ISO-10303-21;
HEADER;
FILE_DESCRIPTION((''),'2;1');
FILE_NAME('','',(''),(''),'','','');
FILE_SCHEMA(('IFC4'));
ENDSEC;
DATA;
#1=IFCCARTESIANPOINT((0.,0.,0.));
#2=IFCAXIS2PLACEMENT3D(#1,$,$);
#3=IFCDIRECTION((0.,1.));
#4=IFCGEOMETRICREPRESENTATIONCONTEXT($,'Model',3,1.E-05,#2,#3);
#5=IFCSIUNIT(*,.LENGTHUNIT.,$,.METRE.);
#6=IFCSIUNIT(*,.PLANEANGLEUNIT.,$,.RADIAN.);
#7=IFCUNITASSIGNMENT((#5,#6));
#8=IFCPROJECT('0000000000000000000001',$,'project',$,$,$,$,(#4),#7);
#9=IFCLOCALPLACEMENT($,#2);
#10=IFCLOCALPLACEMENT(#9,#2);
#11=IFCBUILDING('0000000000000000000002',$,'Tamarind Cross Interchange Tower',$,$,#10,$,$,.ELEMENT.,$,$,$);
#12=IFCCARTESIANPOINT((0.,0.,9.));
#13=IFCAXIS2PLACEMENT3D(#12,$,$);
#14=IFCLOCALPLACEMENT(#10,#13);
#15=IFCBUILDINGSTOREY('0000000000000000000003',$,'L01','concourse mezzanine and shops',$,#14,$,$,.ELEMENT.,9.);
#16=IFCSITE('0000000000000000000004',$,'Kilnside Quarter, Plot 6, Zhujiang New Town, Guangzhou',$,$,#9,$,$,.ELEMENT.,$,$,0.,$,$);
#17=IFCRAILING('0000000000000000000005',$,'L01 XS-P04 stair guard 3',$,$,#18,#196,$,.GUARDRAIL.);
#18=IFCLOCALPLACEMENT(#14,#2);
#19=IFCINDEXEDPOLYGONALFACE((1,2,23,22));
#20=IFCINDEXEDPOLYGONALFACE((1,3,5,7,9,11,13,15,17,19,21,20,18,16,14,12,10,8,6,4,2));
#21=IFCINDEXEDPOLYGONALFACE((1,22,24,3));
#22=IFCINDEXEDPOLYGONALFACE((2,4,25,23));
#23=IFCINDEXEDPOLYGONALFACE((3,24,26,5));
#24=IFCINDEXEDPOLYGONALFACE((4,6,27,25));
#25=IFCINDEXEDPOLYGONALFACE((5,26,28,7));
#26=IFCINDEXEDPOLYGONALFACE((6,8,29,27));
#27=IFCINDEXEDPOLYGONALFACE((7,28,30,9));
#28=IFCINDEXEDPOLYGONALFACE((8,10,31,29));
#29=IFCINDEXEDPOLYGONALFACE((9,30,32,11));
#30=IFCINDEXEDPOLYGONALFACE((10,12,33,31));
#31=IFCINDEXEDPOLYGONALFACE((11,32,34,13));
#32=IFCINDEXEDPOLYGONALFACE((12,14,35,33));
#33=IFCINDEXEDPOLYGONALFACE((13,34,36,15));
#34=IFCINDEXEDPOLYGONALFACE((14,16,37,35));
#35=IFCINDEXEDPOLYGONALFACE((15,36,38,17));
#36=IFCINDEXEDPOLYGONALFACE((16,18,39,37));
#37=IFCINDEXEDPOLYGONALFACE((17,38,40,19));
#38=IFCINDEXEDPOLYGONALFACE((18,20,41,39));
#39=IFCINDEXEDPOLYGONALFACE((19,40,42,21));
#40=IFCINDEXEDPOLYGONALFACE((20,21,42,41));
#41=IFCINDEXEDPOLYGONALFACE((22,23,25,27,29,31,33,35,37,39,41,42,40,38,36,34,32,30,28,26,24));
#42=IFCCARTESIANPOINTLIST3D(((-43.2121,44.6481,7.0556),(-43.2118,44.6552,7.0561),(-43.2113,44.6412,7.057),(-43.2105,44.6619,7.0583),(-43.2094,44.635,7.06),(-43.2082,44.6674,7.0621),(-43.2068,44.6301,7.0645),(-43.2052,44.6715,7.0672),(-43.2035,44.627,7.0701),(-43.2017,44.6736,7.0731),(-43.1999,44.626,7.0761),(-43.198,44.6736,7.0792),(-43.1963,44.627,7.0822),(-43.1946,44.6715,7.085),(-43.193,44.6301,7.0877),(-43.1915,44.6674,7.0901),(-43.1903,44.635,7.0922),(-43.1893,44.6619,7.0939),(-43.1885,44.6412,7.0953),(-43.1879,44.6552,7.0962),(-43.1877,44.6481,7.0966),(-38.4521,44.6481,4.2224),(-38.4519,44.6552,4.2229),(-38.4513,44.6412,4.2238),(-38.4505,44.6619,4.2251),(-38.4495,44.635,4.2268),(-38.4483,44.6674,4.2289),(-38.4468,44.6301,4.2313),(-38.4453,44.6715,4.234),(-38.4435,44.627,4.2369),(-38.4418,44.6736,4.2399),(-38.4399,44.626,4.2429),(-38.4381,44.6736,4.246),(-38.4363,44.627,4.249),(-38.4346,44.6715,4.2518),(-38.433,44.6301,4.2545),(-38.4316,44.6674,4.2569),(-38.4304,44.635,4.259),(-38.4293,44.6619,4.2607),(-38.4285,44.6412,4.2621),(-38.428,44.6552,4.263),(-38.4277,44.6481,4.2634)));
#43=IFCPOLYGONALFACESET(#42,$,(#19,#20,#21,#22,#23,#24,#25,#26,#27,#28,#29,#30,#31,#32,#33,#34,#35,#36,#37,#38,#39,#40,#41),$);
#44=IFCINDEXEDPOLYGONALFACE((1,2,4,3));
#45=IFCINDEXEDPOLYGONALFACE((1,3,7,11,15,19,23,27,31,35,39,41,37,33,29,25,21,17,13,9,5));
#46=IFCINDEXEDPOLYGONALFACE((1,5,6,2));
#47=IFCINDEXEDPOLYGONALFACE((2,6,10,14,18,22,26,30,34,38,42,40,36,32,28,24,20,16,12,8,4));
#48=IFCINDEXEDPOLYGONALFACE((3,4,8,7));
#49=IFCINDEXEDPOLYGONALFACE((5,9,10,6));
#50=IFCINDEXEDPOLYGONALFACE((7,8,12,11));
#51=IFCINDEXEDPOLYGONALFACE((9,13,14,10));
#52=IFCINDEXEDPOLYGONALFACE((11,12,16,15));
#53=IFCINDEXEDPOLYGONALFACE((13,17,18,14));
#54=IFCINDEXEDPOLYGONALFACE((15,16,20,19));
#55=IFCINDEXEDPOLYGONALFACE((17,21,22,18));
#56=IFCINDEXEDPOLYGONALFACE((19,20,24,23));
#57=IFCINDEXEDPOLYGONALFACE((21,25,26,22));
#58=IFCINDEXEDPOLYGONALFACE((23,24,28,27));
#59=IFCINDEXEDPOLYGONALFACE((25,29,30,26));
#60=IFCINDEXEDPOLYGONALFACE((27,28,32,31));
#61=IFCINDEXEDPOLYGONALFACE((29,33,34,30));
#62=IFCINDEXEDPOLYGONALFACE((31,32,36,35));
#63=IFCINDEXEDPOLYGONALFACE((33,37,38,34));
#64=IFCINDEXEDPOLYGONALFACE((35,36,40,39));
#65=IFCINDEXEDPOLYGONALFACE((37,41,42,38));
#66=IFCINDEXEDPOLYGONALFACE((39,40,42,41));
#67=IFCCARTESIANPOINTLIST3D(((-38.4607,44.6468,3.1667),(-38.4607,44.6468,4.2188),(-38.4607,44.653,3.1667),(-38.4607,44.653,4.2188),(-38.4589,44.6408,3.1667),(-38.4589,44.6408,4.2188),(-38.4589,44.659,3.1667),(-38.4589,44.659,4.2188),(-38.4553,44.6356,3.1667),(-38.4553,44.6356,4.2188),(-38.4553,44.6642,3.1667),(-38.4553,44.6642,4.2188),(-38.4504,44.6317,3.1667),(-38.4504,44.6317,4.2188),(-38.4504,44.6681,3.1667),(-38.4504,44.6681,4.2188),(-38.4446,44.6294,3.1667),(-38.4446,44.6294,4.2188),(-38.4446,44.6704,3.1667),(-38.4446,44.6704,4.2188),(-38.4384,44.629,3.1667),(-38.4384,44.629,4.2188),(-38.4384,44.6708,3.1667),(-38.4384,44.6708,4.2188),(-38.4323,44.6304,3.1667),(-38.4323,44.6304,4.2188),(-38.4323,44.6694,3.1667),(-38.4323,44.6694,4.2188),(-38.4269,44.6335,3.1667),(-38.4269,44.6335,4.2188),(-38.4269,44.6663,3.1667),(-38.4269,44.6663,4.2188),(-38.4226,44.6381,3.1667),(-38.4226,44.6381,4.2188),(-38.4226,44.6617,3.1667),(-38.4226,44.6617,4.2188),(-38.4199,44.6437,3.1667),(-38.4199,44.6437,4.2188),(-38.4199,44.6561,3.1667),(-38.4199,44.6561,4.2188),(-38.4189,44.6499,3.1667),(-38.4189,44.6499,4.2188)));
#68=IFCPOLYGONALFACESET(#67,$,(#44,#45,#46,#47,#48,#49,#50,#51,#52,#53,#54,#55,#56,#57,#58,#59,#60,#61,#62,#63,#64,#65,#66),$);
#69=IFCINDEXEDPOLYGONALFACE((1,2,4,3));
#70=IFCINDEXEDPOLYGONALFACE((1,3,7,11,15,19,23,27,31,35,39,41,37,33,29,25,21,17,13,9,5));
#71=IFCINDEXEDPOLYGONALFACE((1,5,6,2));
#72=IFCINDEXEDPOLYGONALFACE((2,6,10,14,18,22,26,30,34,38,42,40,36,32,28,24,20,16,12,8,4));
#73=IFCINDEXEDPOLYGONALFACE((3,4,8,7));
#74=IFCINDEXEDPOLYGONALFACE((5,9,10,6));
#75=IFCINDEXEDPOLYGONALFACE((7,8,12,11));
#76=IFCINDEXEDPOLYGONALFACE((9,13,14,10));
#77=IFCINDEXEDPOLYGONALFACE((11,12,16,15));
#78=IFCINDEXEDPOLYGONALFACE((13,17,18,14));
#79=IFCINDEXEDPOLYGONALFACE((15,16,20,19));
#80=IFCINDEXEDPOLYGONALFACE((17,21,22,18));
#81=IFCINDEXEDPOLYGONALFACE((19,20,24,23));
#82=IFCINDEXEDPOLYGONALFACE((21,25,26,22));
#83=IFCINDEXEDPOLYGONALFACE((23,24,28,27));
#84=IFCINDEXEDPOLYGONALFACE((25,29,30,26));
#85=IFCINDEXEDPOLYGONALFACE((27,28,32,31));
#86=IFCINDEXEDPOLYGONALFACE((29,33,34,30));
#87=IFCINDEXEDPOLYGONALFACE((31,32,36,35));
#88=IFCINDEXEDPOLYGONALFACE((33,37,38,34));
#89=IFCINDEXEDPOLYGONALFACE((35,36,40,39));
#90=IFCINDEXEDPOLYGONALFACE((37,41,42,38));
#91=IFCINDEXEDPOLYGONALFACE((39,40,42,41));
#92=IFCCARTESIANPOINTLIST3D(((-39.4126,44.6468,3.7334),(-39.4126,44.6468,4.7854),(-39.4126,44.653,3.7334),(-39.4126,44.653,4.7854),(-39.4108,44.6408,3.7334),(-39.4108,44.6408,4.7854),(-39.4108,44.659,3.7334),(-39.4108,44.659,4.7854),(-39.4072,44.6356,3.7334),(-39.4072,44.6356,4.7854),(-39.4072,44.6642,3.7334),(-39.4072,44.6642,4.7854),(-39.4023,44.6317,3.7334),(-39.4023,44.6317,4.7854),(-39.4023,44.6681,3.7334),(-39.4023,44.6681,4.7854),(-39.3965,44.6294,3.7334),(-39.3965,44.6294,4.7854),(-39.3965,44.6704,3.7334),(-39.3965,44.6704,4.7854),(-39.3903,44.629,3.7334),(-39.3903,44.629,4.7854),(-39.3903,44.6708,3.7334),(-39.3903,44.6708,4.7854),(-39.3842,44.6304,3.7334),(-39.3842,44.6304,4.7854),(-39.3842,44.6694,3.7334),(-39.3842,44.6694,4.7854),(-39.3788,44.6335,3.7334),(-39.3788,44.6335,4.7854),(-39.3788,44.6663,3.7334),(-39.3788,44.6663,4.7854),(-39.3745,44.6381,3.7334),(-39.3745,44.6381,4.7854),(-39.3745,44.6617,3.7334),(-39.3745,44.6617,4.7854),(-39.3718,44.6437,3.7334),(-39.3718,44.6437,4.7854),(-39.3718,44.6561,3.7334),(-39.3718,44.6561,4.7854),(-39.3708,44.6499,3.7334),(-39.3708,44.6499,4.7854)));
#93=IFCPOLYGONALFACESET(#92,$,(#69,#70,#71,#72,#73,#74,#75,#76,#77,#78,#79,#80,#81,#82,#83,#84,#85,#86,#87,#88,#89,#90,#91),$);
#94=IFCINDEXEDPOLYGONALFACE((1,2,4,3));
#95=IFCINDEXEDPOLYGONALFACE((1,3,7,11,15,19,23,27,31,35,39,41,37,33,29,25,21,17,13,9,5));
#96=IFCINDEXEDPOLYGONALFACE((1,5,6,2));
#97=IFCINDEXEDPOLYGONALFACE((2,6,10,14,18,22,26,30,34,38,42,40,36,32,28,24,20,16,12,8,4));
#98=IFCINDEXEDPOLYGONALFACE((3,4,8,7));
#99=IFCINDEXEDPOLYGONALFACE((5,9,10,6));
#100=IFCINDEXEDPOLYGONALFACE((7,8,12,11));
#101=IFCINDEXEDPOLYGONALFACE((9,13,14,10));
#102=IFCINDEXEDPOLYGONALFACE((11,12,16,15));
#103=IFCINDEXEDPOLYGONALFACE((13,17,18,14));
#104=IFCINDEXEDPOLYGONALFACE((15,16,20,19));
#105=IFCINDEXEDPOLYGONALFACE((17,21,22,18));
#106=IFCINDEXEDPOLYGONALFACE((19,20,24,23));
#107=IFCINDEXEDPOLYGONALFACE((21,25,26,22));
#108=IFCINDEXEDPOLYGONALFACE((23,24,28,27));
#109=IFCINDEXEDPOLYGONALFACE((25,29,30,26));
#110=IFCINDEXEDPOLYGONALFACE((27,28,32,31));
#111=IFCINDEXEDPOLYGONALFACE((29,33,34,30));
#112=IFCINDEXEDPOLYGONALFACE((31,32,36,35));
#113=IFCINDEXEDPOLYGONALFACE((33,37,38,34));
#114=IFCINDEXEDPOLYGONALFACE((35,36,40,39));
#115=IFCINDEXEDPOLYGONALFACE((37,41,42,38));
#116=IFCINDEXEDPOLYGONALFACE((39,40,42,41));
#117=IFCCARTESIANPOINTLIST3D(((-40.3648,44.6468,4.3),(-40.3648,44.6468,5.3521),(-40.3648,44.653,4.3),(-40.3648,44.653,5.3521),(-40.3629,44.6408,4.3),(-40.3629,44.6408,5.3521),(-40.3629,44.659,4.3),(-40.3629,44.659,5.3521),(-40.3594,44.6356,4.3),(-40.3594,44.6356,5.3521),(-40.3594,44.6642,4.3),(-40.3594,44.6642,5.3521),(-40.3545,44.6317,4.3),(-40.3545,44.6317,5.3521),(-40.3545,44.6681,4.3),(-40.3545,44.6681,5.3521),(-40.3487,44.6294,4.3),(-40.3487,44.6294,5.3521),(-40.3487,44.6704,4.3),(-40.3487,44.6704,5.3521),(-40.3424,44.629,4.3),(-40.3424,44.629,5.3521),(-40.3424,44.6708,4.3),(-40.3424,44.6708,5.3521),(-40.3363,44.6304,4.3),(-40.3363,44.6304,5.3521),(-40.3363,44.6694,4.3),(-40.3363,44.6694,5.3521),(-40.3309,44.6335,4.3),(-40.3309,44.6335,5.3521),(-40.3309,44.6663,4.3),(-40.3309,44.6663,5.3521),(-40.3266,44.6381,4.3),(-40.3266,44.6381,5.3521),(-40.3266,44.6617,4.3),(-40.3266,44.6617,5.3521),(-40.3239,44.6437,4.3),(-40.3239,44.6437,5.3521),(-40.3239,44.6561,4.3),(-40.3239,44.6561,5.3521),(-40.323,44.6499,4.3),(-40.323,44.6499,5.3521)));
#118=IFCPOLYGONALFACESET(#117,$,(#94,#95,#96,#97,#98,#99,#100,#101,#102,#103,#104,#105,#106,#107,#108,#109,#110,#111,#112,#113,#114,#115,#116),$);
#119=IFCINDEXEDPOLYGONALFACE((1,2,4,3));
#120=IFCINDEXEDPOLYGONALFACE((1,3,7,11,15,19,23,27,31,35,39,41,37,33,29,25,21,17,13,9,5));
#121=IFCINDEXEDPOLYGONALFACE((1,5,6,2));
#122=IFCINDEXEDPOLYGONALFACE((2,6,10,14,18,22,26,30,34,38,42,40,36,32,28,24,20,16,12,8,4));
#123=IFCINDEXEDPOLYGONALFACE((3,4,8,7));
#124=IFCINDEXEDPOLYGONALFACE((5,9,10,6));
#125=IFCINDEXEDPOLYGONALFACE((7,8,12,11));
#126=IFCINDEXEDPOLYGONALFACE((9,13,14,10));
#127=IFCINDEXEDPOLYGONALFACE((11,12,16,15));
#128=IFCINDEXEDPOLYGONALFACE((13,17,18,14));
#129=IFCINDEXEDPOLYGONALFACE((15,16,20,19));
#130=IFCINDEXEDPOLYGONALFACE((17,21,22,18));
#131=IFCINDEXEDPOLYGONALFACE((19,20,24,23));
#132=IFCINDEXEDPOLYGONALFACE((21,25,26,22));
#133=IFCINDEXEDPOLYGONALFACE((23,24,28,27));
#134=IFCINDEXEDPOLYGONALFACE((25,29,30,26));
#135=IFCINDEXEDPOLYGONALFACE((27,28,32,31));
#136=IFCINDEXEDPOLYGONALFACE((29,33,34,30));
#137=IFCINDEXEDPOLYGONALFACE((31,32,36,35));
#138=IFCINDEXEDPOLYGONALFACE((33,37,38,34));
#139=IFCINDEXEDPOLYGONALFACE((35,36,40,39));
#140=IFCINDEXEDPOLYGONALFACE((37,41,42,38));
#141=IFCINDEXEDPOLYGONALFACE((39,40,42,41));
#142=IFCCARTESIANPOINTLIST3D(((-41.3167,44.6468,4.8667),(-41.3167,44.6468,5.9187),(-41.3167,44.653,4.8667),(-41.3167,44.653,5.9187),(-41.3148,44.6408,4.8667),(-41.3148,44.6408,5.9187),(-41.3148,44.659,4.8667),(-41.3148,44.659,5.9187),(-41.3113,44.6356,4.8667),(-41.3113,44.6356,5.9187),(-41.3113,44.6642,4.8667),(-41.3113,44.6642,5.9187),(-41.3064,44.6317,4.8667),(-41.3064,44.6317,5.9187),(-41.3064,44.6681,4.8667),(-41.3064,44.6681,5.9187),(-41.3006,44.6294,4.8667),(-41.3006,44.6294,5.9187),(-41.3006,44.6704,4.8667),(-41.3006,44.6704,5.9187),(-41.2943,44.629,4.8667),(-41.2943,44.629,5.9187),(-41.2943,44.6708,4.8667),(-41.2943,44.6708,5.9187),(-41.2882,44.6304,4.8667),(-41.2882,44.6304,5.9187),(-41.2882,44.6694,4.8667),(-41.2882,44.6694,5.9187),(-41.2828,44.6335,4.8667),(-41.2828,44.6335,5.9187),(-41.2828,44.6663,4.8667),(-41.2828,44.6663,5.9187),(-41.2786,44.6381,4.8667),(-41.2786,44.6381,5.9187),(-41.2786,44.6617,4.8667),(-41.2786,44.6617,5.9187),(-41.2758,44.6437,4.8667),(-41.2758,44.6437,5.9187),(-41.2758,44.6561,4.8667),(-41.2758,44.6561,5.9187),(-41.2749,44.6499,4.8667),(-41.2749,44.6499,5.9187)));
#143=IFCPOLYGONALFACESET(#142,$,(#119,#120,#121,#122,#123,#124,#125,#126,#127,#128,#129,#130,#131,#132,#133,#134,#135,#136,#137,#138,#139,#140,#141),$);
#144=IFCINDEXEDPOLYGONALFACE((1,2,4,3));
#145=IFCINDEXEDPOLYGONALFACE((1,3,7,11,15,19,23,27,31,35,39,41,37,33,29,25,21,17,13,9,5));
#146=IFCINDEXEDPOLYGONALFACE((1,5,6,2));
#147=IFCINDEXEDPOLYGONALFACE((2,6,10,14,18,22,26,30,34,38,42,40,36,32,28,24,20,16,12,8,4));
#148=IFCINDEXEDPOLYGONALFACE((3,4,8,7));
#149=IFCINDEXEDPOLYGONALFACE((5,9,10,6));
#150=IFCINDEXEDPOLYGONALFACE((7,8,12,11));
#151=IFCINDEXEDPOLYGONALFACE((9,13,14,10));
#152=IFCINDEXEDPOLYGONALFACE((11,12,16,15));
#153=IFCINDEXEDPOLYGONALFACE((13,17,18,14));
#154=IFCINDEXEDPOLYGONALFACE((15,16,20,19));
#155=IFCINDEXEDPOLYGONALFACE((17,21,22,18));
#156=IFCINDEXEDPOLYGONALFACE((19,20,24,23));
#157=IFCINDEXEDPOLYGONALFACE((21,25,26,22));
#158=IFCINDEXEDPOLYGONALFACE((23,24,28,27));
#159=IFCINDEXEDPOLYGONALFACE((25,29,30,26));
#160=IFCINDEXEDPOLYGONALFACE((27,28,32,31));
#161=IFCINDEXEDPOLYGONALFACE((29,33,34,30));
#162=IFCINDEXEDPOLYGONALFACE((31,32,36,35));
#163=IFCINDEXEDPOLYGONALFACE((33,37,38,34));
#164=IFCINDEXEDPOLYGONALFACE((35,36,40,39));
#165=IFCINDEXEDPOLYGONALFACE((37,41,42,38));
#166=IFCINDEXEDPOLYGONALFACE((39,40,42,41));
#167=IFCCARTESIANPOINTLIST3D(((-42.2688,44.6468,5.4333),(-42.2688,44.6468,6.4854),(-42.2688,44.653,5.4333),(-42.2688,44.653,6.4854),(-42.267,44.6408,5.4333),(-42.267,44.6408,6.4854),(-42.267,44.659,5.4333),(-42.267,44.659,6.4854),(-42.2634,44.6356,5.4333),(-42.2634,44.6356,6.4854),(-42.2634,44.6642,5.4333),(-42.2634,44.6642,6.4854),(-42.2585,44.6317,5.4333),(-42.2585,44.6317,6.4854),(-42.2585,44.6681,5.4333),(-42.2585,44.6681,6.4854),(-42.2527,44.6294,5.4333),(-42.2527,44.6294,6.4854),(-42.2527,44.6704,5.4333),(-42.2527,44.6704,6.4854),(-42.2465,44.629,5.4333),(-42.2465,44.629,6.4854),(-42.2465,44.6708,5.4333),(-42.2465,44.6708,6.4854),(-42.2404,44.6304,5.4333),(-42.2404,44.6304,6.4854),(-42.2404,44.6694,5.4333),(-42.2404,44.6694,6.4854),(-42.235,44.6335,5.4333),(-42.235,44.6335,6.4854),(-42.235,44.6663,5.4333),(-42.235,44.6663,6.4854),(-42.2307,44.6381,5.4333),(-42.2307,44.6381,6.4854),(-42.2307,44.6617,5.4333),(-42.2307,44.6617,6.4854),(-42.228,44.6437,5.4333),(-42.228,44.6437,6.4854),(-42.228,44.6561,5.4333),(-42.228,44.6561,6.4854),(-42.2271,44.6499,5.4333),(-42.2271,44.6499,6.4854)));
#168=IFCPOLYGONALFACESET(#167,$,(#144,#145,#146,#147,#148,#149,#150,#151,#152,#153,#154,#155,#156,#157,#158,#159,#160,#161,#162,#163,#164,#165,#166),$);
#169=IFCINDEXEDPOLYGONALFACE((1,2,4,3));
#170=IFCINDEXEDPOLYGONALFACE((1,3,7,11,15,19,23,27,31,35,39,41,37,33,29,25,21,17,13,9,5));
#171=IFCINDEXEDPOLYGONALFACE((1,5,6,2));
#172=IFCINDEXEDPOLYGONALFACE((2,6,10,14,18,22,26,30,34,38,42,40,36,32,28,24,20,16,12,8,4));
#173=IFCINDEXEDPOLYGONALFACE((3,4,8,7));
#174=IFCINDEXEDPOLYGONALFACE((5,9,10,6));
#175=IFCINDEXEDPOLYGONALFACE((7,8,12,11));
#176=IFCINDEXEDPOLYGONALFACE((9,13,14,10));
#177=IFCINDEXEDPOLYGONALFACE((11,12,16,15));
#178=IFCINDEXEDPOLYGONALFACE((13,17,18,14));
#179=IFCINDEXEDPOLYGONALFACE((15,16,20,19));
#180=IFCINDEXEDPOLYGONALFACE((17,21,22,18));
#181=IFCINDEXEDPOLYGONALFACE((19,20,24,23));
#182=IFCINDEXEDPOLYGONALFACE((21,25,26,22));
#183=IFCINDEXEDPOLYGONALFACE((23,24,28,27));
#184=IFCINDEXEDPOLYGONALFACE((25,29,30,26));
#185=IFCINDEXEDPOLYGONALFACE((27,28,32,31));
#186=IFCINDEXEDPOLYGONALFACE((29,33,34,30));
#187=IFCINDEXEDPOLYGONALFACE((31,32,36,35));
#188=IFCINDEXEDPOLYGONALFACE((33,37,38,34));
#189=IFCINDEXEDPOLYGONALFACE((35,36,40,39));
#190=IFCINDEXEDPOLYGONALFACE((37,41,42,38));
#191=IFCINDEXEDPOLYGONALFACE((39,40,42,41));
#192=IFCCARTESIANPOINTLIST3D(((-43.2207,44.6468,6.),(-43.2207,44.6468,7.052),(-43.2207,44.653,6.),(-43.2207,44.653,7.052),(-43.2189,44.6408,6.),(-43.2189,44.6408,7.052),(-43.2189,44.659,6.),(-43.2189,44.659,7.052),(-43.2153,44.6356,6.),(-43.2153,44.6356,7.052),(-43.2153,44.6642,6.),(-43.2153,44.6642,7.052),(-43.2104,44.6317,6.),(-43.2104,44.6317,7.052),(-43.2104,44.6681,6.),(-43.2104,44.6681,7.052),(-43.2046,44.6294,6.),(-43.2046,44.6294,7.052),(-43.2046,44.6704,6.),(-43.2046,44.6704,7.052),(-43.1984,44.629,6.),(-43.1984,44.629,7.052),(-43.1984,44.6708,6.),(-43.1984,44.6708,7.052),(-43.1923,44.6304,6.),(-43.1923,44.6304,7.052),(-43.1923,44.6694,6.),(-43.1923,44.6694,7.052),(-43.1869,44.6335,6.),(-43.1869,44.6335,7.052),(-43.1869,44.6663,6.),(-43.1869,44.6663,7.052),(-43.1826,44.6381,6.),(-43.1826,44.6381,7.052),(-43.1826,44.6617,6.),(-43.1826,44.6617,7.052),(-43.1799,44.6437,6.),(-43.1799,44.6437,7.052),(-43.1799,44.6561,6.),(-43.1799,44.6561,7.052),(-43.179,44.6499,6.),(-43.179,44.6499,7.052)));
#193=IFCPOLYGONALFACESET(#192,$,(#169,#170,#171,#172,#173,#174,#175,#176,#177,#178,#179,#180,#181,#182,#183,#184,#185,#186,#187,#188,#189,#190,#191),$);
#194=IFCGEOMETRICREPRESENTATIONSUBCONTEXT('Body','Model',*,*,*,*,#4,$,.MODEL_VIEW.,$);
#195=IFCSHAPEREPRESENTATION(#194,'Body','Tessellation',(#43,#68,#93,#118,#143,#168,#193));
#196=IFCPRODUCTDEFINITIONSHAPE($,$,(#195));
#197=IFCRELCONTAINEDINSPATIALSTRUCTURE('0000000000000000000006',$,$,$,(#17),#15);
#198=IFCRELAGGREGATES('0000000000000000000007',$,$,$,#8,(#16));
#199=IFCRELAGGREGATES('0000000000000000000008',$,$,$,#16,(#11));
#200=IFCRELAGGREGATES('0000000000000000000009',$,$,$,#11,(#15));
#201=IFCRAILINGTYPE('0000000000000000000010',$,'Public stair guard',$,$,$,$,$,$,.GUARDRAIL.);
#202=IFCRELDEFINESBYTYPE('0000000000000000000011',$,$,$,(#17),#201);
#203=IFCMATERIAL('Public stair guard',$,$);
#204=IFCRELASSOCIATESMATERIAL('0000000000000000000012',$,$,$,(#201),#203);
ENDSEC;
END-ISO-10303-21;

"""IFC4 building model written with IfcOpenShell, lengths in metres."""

from ifc_helpers import new_model, si_unit, direction, frame, origin, origin_2d, place, context, subcontext, project, spatial, circle, extrude, material, type_object, element, save


model = new_model("IFC4")

# Units and contexts
model_context = context("Model", 3, precision=1e-05, world=origin(), true_north=direction((0.0, 1.0)))
body_context = subcontext(model_context, "Body", "Model", "MODEL_VIEW")
ifc_project = project(units=[si_unit("LENGTHUNIT", "METRE"), si_unit("PLANEANGLEUNIT", "RADIAN")], contexts=[model_context])

# Site, building, storey
site_placement = place(None, origin())
site = spatial("IfcSite", under=ifc_project, at=site_placement, Name="Kilnside Quarter, Plot 6, Zhujiang New Town, Guangzhou", CompositionType="ELEMENT", RefElevation=0.0)
building_placement = place(site_placement, origin())
building = spatial("IfcBuilding", under=site, at=building_placement, Name="Tamarind Cross Interchange Tower", CompositionType="ELEMENT")
storey_placement = place(building_placement, frame((0.0, 0.0, 9.0)))
storey = spatial("IfcBuildingStorey", under=building, at=storey_placement, Name="L01", Description="concourse mezzanine and shops", CompositionType="ELEMENT", Elevation=9.0)

# Railing
ifc_material_1 = material(Name="Public stair guard")
railing_type_1 = type_object("IfcRailingType", Name="Public stair guard", PredefinedType="GUARDRAIL", material=ifc_material_1)
railing_1_placement = place(storey_placement, frame((-38.4399, 44.6499, 3.1667)))
element("IfcRailing", 1, at=railing_1_placement, inside=storey, type_object=railing_type_1, Name="L01 XS-P04 stair guard 3", PredefinedType="GUARDRAIL", context=body_context, shape_type="SweptSolid", body=[
    extrude(circle(Radius=0.0239, at=origin_2d()), frame((0.0, 0.0, 1.0762), z_axis=(-0.8593, 0.0, 0.511472), x_axis=(0.0, -1.0, 0.0)), (0.0, 0.0, 1.0), 5.5393),
    extrude(circle(Radius=0.021, at=origin_2d()), origin(), (0.0, 0.0, 1.0), 1.052),
    extrude(circle(Radius=0.021, at=origin_2d()), frame((-0.9519, 0.0, 0.5667)), (0.0, 0.0, 1.0), 1.052),
    extrude(circle(Radius=0.021, at=origin_2d()), frame((-1.9041, 0.0, 1.1333)), (0.0, 0.0, 1.0), 1.052),
    extrude(circle(Radius=0.021, at=origin_2d()), frame((-2.856, 0.0, 1.7)), (0.0, 0.0, 1.0), 1.052),
    extrude(circle(Radius=0.021, at=origin_2d()), frame((-3.8081, 0.0, 2.2666)), (0.0, 0.0, 1.0), 1.052),
    extrude(circle(Radius=0.021, at=origin_2d()), frame((-4.76, 0.0, 2.8333)), (0.0, 0.0, 1.0), 1.052),
])

save(model, "model.ifc")
